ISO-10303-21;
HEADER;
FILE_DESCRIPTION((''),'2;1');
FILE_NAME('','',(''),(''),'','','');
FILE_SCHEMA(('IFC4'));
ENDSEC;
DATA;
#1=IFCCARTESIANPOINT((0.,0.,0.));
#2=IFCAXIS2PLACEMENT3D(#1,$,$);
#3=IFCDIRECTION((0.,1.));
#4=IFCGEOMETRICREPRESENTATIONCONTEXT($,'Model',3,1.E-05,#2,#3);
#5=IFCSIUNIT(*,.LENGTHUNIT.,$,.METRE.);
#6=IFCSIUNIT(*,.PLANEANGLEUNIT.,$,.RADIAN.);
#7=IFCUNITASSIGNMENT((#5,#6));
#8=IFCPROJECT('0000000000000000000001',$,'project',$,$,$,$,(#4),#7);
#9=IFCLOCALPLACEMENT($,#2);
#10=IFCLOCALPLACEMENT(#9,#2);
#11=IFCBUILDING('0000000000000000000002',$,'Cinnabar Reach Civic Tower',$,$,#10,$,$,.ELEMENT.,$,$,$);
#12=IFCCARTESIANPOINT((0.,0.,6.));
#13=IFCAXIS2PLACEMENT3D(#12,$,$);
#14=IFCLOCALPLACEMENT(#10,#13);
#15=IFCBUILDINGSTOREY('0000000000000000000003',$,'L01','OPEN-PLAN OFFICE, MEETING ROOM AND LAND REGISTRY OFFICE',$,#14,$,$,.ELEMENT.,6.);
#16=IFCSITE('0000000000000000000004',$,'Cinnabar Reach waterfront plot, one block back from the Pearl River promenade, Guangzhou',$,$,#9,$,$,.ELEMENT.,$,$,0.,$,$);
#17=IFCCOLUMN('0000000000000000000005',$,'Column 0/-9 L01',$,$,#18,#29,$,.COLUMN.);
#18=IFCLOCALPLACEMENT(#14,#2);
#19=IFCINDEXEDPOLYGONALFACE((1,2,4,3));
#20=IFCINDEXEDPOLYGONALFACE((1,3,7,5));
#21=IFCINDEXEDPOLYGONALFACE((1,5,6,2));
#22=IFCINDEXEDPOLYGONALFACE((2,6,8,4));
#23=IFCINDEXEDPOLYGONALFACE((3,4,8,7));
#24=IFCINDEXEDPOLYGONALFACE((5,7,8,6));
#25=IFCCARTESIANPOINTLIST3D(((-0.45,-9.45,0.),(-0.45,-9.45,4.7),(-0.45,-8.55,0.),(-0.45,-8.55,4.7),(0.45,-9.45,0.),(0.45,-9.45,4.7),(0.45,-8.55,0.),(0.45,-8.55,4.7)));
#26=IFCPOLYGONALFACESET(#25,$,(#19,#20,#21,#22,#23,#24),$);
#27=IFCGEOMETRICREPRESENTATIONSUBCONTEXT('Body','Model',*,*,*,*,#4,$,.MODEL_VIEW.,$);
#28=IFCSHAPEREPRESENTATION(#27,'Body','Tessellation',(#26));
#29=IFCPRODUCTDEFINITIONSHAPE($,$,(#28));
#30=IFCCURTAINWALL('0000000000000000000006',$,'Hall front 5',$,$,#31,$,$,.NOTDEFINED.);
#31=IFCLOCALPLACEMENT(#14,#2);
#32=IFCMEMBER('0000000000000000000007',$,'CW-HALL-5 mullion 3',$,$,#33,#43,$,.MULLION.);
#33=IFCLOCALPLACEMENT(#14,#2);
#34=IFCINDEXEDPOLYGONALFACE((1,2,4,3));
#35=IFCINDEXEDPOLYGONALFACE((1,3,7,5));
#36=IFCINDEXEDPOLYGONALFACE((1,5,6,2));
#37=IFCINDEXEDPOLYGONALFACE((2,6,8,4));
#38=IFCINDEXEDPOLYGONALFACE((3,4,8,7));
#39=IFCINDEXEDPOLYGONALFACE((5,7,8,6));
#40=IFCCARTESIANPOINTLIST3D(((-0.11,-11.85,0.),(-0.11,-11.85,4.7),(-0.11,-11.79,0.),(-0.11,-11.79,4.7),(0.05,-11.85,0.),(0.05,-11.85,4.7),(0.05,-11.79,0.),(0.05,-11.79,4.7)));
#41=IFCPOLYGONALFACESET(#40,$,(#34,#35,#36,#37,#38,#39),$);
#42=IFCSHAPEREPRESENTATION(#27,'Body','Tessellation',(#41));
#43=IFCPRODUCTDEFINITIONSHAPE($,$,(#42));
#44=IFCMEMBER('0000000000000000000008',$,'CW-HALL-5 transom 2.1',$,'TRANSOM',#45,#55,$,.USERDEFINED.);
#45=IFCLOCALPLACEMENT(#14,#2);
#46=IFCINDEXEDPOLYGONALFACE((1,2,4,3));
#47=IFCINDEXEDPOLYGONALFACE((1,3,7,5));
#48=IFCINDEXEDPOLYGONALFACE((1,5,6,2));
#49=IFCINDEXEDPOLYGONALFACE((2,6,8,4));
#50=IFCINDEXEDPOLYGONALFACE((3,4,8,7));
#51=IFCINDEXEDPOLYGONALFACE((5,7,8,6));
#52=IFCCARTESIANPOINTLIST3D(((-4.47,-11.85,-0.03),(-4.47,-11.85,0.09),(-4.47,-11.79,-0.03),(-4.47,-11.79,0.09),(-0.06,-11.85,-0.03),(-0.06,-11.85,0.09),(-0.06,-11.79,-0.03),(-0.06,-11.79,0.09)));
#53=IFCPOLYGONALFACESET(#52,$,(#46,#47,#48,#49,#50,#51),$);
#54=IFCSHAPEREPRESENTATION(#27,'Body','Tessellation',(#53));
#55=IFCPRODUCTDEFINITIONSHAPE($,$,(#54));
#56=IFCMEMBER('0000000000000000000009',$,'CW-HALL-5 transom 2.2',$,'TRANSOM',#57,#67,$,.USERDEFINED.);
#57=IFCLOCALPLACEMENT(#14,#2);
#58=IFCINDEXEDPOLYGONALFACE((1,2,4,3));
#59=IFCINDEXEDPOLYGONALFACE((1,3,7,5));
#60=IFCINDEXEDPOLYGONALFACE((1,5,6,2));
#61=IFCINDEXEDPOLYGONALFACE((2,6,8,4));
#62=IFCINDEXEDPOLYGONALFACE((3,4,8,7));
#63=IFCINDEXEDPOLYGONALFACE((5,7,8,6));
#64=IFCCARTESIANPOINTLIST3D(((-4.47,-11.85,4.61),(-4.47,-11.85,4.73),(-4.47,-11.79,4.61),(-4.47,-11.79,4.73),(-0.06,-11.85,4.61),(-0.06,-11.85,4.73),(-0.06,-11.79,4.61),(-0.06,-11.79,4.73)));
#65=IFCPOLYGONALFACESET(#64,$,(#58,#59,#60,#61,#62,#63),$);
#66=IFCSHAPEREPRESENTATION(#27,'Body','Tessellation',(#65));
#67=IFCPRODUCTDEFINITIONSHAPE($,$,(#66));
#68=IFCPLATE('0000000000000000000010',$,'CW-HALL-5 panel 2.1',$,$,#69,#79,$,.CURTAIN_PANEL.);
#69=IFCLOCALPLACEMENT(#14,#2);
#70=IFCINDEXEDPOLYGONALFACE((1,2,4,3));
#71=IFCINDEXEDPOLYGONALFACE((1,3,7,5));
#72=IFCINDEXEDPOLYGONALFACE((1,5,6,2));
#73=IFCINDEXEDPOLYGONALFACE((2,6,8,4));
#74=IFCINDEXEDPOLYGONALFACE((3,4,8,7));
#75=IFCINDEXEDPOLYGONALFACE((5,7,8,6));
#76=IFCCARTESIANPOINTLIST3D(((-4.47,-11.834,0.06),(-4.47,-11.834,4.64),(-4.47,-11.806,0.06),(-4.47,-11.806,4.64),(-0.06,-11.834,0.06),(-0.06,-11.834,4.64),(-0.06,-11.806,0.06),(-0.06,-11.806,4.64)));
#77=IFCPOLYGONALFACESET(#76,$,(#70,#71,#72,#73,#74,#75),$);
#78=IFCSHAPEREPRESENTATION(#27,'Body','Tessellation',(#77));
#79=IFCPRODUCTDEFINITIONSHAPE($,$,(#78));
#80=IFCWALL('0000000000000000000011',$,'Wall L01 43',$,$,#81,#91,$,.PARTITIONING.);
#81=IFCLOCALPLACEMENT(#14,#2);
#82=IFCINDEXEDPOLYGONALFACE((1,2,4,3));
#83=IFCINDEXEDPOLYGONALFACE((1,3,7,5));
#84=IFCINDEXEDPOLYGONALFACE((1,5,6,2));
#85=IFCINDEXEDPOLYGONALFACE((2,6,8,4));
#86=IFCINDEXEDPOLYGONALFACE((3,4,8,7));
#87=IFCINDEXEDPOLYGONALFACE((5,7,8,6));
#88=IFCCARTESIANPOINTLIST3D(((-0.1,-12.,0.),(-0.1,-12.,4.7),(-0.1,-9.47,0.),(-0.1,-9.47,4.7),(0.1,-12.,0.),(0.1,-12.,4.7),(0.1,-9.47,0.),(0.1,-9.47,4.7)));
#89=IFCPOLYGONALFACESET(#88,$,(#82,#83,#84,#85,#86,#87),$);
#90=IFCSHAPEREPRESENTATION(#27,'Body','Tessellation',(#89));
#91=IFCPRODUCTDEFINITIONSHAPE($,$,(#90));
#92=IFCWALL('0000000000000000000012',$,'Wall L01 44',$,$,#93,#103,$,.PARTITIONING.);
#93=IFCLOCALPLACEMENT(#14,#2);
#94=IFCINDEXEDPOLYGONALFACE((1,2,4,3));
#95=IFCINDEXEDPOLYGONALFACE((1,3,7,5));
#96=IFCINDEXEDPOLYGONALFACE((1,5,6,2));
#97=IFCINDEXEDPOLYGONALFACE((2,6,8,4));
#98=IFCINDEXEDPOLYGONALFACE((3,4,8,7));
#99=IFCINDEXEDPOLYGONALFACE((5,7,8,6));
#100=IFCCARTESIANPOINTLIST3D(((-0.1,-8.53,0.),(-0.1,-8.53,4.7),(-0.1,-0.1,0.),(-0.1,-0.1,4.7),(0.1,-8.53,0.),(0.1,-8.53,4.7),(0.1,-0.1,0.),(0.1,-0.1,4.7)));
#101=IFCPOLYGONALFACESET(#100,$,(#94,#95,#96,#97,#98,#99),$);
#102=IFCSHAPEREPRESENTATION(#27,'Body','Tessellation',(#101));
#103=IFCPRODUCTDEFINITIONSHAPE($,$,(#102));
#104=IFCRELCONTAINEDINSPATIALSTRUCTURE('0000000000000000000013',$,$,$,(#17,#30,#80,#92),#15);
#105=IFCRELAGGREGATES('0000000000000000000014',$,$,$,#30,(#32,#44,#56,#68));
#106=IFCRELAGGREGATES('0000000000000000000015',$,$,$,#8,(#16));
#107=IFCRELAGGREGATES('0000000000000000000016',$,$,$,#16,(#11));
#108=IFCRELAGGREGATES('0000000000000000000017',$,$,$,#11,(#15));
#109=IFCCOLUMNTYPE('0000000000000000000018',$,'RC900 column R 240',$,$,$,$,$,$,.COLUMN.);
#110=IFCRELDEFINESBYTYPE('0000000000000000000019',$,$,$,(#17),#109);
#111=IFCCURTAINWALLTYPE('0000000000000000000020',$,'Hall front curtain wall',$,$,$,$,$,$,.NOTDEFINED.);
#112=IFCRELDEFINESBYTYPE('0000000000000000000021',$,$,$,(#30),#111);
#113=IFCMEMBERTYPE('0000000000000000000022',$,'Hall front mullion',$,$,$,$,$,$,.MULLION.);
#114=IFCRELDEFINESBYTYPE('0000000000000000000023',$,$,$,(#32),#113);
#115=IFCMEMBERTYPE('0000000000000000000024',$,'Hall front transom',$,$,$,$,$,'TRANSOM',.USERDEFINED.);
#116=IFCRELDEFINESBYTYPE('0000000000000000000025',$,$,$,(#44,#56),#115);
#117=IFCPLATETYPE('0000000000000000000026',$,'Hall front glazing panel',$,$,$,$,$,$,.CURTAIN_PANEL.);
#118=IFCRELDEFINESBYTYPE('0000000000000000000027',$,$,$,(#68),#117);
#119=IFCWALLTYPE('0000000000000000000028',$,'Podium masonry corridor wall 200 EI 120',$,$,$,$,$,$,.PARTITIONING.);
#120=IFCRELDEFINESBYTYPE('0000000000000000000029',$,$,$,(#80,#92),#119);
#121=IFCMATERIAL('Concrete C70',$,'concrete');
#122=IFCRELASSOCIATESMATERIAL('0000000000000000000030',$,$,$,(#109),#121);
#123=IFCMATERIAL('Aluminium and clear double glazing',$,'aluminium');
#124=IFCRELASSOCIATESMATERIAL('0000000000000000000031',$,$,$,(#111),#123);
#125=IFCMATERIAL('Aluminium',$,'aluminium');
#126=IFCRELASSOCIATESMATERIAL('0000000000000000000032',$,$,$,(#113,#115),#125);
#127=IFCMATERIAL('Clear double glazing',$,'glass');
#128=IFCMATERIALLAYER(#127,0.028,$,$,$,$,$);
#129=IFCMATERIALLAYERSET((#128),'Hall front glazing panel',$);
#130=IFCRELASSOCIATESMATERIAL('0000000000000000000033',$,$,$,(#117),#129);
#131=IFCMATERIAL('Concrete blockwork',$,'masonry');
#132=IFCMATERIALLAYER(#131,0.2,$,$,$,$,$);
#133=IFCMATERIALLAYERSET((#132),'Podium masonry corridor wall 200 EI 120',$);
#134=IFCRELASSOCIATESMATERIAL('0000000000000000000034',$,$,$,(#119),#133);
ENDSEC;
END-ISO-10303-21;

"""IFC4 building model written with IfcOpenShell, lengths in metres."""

from ifc_helpers import new_model, si_unit, direction, frame, frame_2d, origin, origin_2d, place, context, subcontext, project, spatial, rectangle, extrude, material, layer, layer_set, material_profile, profile_set, type_object, element, aggregate, save


model = new_model("IFC4")

# Units and contexts
model_context = context("Model", 3, precision=1e-05, world=origin(), true_north=direction((0.0, 1.0)))
body_context = subcontext(model_context, "Body", "Model", "MODEL_VIEW")
ifc_project = project(units=[si_unit("LENGTHUNIT", "METRE"), si_unit("PLANEANGLEUNIT", "RADIAN")], contexts=[model_context])

# Site, building, storey
site_placement = place(None, origin())
site = spatial("IfcSite", under=ifc_project, at=site_placement, Name="Cinnabar Reach waterfront plot, one block back from the Pearl River promenade, Guangzhou", CompositionType="ELEMENT", RefElevation=0.0)
building_placement = place(site_placement, origin())
building = spatial("IfcBuilding", under=site, at=building_placement, Name="Cinnabar Reach Civic Tower", CompositionType="ELEMENT")
storey_placement = place(building_placement, frame((0.0, 0.0, 6.0)))
storey = spatial("IfcBuildingStorey", under=building, at=storey_placement, Name="L01", Description="OPEN-PLAN OFFICE, MEETING ROOM AND LAND REGISTRY OFFICE", CompositionType="ELEMENT", Elevation=6.0)

# Column
ifc_material_1 = material(Name="Concrete C70", Category="concrete")
ifc_material_profile_1 = material_profile(ifc_material_1, rectangle(XDim=0.9, YDim=0.9, at=origin_2d()), Name="RC900")
ifc_profile_set_1 = profile_set([ifc_material_profile_1], Name="Concrete C70")
column_type = type_object("IfcColumnType", Name="RC900 column R 240", PredefinedType="COLUMN", material=ifc_profile_set_1)
column_placement = place(storey_placement, frame((0.0, -9.0, 0.0), z_axis=(0.0, 0.0, 1.0), x_axis=(1.0, 0.0, 0.0)))
element("IfcColumn", 1, at=column_placement, inside=storey, type_object=column_type, Name="Column 0/-9 L01", PredefinedType="COLUMN", context=body_context, shape_type="SweptSolid", body=[
    extrude(rectangle(XDim=0.9, YDim=0.9, at=origin_2d()), origin(), (0.0, 0.0, 1.0), 4.7),
])

# Curtain wall, members, plate
ifc_material_2 = material(Name="Aluminium and clear double glazing", Category="aluminium")
curtain_wall_type = type_object("IfcCurtainWallType", Name="Hall front curtain wall", PredefinedType="NOTDEFINED", material=ifc_material_2)
curtain_wall_placement = place(storey_placement, origin())
curtain_wall = element("IfcCurtainWall", 2, at=curtain_wall_placement, inside=storey, type_object=curtain_wall_type, Name="Hall front 5", PredefinedType="NOTDEFINED")
ifc_material_3 = material(Name="Aluminium", Category="aluminium")
ifc_material_profile_2 = material_profile(ifc_material_3, rectangle(XDim=0.06, YDim=0.16, at=origin_2d()), Name="Hall front mullion")
ifc_profile_set_2 = profile_set([ifc_material_profile_2], Name="Aluminium")
member_type_1 = type_object("IfcMemberType", Name="Hall front mullion", PredefinedType="MULLION", material=ifc_profile_set_2)
member_1_placement = place(storey_placement, frame((-0.03, -11.82, 0.0), z_axis=(0.0, 0.0, 1.0), x_axis=(0.0, 1.0, 0.0)))
member_1 = element("IfcMember", 3, at=member_1_placement, type_object=member_type_1, Name="CW-HALL-5 mullion 3", PredefinedType="MULLION", context=body_context, shape_type="SweptSolid", body=[
    extrude(rectangle(XDim=0.06, YDim=0.16, at=origin_2d()), origin(), (0.0, 0.0, 1.0), 4.7),
])
ifc_material_profile_3 = material_profile(ifc_material_3, rectangle(XDim=0.06, YDim=0.12, at=origin_2d()), Name="Hall front transom")
ifc_profile_set_3 = profile_set([ifc_material_profile_3], Name="Aluminium")
member_type_2 = type_object("IfcMemberType", Name="Hall front transom", ElementType="TRANSOM", PredefinedType="USERDEFINED", material=ifc_profile_set_3)
member_2_placement = place(storey_placement, frame((-4.47, -11.82, 0.03), z_axis=(1.0, 0.0, 0.0), x_axis=(0.0, 1.0, 0.0)))
member_2 = element("IfcMember", 4, at=member_2_placement, type_object=member_type_2, Name="CW-HALL-5 transom 2.1", ObjectType="TRANSOM", PredefinedType="USERDEFINED", context=body_context, shape_type="SweptSolid", body=[
    extrude(rectangle(XDim=0.06, YDim=0.12, at=origin_2d()), origin(), (0.0, 0.0, 1.0), 4.41),
])
member_3_placement = place(storey_placement, frame((-4.47, -11.82, 4.67), z_axis=(1.0, 0.0, 0.0), x_axis=(0.0, 1.0, 0.0)))
member_3 = element("IfcMember", 5, at=member_3_placement, type_object=member_type_2, Name="CW-HALL-5 transom 2.2", ObjectType="TRANSOM", PredefinedType="USERDEFINED", context=body_context, shape_type="SweptSolid", body=[
    extrude(rectangle(XDim=0.06, YDim=0.12, at=origin_2d()), origin(), (0.0, 0.0, 1.0), 4.41),
])
ifc_material_4 = material(Name="Clear double glazing", Category="glass")
ifc_layer_1 = layer(ifc_material_4, 0.028)
ifc_layer_set_1 = layer_set([ifc_layer_1], Name="Hall front glazing panel")
plate_type = type_object("IfcPlateType", Name="Hall front glazing panel", PredefinedType="CURTAIN_PANEL", material=ifc_layer_set_1)
plate_placement = place(storey_placement, frame((-2.265, -11.82, 0.06), z_axis=(0.0, 0.0, 1.0), x_axis=(1.0, 0.0, 0.0)))
plate = element("IfcPlate", 6, at=plate_placement, type_object=plate_type, Name="CW-HALL-5 panel 2.1", PredefinedType="CURTAIN_PANEL", context=body_context, shape_type="SweptSolid", body=[
    extrude(rectangle(XDim=4.41, YDim=0.028, at=origin_2d()), origin(), (0.0, 0.0, 1.0), 4.58),
])
aggregate(curtain_wall, [member_1, member_2, member_3, plate])

# Walls
ifc_material_5 = material(Name="Concrete blockwork", Category="masonry")
ifc_layer_2 = layer(ifc_material_5, 0.2)
ifc_layer_set_2 = layer_set([ifc_layer_2], Name="Podium masonry corridor wall 200 EI 120")
wall_type_1 = type_object("IfcWallType", Name="Podium masonry corridor wall 200 EI 120", PredefinedType="PARTITIONING", material=ifc_layer_set_2)
wall_1_placement = place(storey_placement, frame((0.0, -12.0, 0.0), z_axis=(0.0, 0.0, 1.0), x_axis=(0.0, 1.0, 0.0)))
element("IfcWall", 7, at=wall_1_placement, inside=storey, type_object=wall_type_1, Name="Wall L01 43", PredefinedType="PARTITIONING", context=body_context, shape_type="SweptSolid", body=[
    extrude(rectangle(XDim=2.53, YDim=0.2, at=frame_2d((1.265, 0.0))), origin(), (0.0, 0.0, 1.0), 4.7),
])
wall_2_placement = place(storey_placement, frame((0.0, -8.53, 0.0), z_axis=(0.0, 0.0, 1.0), x_axis=(0.0, 1.0, 0.0)))
element("IfcWall", 8, at=wall_2_placement, inside=storey, type_object=wall_type_1, Name="Wall L01 44", PredefinedType="PARTITIONING", context=body_context, shape_type="SweptSolid", body=[
    extrude(rectangle(XDim=8.43, YDim=0.2, at=frame_2d((4.215, 0.0))), origin(), (0.0, 0.0, 1.0), 4.7),
])

save(model, "model.ifc")
